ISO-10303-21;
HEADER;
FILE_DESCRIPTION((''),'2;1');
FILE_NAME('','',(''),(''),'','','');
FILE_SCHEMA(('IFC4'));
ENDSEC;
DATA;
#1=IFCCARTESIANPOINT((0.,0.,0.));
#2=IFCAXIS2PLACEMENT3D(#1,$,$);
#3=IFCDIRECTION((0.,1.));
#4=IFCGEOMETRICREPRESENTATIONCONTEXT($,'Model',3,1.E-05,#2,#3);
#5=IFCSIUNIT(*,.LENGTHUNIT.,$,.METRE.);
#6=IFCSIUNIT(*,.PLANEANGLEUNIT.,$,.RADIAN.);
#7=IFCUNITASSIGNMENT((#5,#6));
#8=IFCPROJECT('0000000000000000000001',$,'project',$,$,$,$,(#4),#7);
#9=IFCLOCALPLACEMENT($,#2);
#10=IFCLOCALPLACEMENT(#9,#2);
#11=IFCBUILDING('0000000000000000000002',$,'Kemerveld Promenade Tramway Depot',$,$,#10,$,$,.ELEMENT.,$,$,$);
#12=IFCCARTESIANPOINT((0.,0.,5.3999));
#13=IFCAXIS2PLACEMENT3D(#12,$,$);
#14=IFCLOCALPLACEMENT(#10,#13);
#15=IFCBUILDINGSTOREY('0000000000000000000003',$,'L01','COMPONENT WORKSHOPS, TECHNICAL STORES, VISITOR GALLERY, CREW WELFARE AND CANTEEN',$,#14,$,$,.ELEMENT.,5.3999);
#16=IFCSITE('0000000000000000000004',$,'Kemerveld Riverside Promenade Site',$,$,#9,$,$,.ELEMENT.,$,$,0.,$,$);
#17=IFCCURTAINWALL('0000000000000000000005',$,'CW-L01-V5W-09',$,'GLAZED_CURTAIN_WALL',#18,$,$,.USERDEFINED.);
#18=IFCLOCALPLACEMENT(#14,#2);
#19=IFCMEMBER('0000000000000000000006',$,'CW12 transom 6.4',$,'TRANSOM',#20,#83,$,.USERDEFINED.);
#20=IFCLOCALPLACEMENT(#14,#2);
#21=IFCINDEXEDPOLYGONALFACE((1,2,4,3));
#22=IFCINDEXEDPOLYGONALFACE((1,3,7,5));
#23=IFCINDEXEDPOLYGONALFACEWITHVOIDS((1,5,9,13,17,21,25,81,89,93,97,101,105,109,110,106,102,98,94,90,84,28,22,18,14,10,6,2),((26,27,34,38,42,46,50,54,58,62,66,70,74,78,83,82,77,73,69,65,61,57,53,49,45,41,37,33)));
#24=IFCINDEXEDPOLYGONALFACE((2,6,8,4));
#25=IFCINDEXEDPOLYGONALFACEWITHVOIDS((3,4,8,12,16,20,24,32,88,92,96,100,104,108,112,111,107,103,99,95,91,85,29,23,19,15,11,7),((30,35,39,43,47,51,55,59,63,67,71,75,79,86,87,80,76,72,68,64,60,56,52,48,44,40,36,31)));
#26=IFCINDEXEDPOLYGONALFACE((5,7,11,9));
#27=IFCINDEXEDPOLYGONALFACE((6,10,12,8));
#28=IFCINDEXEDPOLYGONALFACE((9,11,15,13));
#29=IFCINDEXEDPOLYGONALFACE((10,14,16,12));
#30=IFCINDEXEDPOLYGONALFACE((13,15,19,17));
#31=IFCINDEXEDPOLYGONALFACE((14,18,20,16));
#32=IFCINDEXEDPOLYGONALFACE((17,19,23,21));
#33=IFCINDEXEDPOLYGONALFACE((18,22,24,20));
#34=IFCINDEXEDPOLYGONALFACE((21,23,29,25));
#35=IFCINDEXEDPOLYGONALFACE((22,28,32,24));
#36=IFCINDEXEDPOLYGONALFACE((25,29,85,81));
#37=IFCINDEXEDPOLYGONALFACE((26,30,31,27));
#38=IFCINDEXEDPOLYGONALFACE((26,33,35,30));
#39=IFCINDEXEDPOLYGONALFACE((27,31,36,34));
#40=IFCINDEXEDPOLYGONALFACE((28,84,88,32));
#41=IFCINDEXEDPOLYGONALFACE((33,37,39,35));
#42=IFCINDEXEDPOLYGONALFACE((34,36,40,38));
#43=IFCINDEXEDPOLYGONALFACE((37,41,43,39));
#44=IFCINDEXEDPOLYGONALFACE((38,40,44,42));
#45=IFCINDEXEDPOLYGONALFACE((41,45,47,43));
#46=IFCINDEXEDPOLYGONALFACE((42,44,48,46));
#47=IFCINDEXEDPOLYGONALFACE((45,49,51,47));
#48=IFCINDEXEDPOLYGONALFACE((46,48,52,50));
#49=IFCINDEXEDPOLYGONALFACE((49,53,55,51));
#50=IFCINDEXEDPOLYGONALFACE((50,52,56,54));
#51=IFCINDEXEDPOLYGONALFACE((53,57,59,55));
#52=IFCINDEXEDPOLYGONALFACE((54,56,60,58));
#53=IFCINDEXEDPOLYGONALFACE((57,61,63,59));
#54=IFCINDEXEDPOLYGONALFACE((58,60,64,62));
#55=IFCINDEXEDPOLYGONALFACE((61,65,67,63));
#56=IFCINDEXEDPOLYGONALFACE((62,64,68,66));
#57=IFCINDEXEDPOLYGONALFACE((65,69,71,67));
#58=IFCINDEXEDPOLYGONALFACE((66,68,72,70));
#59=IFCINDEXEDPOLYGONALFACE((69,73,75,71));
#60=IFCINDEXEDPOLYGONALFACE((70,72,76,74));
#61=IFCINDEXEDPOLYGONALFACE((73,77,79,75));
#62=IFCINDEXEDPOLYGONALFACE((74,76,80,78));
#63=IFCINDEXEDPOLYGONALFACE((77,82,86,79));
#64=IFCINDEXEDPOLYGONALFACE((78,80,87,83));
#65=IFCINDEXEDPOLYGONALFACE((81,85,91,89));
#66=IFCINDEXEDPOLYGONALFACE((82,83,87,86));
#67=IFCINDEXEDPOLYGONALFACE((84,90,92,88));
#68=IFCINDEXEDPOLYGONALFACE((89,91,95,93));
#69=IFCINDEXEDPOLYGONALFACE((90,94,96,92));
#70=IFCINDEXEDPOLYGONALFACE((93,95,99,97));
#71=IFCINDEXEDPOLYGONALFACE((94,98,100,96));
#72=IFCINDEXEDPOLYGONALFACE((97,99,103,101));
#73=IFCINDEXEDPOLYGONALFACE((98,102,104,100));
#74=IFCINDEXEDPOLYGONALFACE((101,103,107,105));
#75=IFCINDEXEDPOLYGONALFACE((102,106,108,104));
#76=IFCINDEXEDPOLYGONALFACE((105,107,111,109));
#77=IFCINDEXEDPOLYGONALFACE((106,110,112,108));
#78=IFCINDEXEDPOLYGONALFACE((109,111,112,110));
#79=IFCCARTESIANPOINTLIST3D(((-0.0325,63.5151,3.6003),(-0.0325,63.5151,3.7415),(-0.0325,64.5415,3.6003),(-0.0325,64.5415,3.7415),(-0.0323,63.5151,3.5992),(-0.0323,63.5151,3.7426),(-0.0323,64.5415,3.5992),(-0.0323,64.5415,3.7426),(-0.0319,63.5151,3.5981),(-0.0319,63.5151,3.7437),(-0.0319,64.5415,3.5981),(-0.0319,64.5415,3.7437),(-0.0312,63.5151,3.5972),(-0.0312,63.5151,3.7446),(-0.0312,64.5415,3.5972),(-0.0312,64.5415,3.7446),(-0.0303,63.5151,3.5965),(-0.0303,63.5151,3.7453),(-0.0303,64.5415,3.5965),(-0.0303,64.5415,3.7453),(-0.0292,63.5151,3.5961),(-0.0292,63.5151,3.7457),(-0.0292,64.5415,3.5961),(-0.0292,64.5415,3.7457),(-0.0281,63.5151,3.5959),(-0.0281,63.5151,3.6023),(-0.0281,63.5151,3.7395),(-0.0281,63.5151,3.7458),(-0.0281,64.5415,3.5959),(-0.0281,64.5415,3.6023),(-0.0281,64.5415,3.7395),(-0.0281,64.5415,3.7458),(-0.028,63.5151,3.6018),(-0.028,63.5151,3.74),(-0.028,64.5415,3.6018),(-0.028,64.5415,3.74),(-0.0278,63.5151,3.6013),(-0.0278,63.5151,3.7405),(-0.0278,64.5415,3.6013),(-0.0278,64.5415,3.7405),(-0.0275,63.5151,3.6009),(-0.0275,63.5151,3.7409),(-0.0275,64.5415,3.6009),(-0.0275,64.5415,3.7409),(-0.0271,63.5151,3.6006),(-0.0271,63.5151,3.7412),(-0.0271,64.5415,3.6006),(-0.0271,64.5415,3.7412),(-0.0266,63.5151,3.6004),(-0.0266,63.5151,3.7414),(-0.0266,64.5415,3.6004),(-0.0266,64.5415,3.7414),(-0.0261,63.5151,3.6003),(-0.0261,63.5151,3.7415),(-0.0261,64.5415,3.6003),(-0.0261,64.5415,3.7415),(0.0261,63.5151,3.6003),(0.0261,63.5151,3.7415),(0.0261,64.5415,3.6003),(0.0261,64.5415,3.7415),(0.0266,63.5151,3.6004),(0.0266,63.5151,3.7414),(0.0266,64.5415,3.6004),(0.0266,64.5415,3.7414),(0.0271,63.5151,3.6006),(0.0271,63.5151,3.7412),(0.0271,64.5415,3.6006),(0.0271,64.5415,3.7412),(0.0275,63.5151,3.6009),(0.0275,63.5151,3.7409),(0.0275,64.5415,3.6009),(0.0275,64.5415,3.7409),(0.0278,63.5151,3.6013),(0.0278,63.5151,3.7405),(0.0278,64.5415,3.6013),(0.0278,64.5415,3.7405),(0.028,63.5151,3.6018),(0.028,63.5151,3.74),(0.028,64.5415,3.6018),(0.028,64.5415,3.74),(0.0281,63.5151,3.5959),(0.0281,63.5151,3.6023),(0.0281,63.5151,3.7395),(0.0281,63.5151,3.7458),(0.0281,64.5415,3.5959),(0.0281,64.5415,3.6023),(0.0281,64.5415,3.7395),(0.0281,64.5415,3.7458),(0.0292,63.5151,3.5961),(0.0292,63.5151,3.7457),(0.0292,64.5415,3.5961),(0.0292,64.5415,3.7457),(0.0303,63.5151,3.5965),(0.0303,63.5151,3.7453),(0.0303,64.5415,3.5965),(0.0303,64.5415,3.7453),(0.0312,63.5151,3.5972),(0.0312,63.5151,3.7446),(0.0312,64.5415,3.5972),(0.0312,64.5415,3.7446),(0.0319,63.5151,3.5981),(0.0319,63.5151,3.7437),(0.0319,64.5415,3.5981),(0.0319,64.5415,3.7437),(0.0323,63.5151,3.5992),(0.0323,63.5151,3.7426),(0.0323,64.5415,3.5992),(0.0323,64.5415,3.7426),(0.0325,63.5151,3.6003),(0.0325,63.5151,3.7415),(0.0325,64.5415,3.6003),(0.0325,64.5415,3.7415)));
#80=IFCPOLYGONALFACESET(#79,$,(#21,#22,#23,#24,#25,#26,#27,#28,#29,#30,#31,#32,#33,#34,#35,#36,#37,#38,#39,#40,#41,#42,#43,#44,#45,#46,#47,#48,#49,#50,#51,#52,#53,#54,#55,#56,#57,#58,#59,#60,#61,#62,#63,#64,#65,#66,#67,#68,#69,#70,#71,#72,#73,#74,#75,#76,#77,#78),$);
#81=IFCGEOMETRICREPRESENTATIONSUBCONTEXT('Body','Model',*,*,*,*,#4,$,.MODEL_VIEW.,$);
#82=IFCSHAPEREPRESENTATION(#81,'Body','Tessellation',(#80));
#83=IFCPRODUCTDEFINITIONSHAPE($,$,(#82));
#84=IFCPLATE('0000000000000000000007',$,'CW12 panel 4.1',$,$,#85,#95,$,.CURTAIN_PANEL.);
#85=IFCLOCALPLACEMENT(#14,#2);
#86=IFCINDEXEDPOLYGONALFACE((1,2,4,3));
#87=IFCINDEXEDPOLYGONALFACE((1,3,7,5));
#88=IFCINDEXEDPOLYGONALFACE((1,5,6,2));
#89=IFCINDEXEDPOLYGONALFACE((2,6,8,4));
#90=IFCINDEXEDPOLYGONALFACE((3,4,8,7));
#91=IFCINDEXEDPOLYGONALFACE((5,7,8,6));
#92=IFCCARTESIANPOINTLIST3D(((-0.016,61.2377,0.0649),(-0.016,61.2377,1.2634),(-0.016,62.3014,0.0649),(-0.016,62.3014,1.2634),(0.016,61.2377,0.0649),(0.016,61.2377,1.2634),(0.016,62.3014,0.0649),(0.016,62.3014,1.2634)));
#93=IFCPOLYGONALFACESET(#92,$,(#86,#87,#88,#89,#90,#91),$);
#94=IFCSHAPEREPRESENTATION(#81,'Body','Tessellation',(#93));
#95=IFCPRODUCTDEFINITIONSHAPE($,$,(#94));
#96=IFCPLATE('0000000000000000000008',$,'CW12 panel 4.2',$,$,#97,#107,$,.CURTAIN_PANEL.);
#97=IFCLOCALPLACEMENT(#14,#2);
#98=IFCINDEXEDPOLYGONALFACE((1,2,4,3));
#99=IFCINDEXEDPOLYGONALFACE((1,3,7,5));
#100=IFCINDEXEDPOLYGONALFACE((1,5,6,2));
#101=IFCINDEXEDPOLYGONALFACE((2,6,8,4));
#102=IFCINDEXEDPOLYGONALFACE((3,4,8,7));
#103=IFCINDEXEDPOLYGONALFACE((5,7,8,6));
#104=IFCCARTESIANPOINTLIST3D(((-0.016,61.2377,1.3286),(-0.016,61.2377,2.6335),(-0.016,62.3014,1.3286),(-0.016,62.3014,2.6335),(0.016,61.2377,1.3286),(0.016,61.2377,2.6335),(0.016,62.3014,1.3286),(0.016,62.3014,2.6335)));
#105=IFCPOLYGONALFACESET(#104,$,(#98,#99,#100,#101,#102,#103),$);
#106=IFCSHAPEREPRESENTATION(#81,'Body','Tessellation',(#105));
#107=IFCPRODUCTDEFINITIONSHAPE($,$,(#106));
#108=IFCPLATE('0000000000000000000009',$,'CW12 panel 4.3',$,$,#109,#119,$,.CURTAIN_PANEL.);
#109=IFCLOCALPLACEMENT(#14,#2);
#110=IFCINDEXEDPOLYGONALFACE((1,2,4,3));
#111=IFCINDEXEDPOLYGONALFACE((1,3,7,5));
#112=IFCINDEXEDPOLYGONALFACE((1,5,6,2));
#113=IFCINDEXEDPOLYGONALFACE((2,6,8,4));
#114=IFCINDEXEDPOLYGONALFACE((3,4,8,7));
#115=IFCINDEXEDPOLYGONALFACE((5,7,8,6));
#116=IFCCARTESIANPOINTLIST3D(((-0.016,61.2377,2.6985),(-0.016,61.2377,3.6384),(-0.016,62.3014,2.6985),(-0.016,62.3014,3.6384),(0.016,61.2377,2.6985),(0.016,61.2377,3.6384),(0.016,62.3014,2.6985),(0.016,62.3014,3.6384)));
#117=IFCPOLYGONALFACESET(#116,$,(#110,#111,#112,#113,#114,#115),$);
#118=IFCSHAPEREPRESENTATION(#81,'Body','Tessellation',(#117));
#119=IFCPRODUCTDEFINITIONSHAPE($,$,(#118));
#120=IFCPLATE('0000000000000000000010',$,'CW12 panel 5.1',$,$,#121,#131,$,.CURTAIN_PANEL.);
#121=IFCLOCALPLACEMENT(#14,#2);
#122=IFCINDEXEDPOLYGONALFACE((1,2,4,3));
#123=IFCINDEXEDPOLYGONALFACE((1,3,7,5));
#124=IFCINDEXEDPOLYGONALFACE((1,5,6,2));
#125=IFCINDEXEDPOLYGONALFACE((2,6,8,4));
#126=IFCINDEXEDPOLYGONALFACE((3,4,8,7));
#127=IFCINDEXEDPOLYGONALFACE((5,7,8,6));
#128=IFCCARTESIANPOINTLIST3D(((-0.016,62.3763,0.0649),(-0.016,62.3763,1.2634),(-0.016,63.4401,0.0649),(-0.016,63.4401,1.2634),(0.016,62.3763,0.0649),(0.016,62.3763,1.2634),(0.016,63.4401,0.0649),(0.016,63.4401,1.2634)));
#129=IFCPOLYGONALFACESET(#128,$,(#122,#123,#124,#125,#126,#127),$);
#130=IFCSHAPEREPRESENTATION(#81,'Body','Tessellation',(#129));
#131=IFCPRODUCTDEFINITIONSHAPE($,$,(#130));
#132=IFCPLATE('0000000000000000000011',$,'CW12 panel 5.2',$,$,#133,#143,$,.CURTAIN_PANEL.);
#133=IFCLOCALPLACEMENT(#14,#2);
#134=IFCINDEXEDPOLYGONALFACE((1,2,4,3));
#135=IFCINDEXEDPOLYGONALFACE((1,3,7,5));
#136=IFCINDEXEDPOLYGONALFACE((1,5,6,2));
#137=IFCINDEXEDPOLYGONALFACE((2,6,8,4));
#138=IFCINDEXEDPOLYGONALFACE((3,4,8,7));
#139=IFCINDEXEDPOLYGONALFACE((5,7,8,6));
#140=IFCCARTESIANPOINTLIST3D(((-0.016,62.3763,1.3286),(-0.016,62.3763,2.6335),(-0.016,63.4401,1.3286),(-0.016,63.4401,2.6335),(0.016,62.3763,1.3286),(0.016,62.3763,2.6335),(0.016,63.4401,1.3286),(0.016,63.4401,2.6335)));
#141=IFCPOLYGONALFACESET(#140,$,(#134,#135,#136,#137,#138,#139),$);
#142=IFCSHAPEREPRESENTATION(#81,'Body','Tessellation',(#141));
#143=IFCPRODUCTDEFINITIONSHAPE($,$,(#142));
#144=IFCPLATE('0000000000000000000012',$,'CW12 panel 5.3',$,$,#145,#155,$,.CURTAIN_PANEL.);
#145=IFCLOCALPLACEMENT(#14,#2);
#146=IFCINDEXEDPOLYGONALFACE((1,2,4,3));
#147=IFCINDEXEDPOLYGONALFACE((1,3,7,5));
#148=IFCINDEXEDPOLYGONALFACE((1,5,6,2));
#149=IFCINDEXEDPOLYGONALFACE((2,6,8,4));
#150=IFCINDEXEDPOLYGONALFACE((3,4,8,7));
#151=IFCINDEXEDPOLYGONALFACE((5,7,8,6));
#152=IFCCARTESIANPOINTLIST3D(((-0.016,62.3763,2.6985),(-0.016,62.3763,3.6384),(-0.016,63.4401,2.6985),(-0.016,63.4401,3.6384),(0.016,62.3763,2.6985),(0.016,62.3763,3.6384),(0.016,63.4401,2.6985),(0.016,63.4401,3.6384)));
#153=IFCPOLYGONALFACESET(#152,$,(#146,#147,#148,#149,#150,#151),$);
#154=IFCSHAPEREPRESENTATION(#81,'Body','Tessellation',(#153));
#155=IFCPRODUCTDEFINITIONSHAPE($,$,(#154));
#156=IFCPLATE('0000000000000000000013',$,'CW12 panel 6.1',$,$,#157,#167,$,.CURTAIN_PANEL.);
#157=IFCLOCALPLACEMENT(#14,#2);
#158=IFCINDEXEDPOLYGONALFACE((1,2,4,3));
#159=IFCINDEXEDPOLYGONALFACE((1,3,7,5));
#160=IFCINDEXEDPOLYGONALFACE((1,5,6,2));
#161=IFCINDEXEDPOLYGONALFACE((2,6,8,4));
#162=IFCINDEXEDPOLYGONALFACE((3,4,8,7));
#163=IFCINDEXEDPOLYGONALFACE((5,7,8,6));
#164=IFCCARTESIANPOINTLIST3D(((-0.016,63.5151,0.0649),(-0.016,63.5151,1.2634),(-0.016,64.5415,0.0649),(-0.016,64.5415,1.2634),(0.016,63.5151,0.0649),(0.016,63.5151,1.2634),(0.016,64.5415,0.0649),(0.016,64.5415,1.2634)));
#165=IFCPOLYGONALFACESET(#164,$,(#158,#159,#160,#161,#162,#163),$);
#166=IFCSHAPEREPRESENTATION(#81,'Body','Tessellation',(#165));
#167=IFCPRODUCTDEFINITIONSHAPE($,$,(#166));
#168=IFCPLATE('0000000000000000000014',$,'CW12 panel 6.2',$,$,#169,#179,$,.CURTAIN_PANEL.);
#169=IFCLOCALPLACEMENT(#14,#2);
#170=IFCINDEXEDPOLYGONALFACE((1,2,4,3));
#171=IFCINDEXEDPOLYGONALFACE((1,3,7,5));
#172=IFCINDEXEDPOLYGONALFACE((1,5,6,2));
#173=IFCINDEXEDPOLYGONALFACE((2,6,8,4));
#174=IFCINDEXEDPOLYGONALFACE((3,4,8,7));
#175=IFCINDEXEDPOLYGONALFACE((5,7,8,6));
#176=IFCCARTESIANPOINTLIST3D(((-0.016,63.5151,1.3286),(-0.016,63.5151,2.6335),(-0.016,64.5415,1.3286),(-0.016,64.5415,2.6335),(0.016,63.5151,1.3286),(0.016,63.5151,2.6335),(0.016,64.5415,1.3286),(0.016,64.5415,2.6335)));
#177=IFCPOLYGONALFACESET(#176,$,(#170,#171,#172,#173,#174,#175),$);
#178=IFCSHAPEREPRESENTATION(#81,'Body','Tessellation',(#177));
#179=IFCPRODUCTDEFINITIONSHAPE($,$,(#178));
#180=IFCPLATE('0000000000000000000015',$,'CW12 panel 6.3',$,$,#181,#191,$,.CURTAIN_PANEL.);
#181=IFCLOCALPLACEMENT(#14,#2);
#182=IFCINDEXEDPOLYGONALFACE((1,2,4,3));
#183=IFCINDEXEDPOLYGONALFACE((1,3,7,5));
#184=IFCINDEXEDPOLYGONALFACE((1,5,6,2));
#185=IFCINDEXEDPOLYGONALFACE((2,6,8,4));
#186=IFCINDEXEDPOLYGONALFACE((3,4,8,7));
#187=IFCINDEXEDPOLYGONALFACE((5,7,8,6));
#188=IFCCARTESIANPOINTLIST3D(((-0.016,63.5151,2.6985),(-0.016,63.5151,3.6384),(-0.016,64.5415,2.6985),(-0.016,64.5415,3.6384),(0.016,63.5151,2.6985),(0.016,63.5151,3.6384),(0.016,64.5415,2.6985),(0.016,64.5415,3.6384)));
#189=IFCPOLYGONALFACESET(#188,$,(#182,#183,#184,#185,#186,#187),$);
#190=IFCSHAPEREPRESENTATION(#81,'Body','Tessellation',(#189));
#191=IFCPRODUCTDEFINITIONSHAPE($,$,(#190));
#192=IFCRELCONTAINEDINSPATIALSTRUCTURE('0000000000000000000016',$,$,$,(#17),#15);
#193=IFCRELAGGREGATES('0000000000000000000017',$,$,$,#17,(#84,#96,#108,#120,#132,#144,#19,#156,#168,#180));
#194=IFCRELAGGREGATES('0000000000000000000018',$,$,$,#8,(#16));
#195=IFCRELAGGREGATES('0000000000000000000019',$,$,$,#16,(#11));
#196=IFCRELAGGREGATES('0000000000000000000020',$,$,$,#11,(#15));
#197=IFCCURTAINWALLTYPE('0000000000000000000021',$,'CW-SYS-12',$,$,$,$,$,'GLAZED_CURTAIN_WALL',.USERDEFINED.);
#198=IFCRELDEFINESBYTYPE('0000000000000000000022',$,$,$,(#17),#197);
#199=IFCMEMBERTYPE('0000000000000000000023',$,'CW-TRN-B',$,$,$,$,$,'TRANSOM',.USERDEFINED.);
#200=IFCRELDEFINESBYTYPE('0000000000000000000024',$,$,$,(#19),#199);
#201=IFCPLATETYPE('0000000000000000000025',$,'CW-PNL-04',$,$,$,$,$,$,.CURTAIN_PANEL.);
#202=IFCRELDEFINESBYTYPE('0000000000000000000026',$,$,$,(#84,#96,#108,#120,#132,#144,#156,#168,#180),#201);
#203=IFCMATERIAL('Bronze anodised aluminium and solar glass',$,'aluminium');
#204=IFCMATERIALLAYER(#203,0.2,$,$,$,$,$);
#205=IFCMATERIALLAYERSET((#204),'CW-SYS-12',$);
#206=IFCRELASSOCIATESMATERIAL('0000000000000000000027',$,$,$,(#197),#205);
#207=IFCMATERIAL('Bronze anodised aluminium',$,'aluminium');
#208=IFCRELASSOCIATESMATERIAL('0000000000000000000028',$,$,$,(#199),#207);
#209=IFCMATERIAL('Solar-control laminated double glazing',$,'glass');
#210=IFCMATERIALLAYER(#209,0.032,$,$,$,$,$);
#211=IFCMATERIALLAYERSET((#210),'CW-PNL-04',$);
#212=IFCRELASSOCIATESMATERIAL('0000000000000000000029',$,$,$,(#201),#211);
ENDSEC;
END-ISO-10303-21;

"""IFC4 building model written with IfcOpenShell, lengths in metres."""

from ifc_helpers import new_model, si_unit, direction, frame, origin, origin_2d, place, context, subcontext, project, spatial, rectangle, hollow_rectangle, extrude, material, layer, layer_set, material_profile, profile_set, type_object, element, aggregate, save


model = new_model("IFC4")

# Units and contexts
model_context = context("Model", 3, precision=1e-05, world=origin(), true_north=direction((0.0, 1.0)))
body_context = subcontext(model_context, "Body", "Model", "MODEL_VIEW")
ifc_project = project(units=[si_unit("LENGTHUNIT", "METRE"), si_unit("PLANEANGLEUNIT", "RADIAN")], contexts=[model_context])

# Site, building, storey
site_placement = place(None, origin())
site = spatial("IfcSite", under=ifc_project, at=site_placement, Name="Kemerveld Riverside Promenade Site", CompositionType="ELEMENT", RefElevation=0.0)
building_placement = place(site_placement, origin())
building = spatial("IfcBuilding", under=site, at=building_placement, Name="Kemerveld Promenade Tramway Depot", CompositionType="ELEMENT")
storey_placement = place(building_placement, frame((0.0, 0.0, 5.3999)))
storey = spatial("IfcBuildingStorey", under=building, at=storey_placement, Name="L01", Description="COMPONENT WORKSHOPS, TECHNICAL STORES, VISITOR GALLERY, CREW WELFARE AND CANTEEN", CompositionType="ELEMENT", Elevation=5.3999)

# Curtain wall, member, plates
ifc_material_1 = material(Name="Bronze anodised aluminium and solar glass", Category="aluminium")
ifc_layer_1 = layer(ifc_material_1, 0.2)
ifc_layer_set_1 = layer_set([ifc_layer_1], Name="CW-SYS-12")
curtain_wall_type = type_object("IfcCurtainWallType", Name="CW-SYS-12", ElementType="GLAZED_CURTAIN_WALL", PredefinedType="USERDEFINED", material=ifc_layer_set_1)
curtain_wall_placement = place(storey_placement, origin())
curtain_wall = element("IfcCurtainWall", 1, at=curtain_wall_placement, inside=storey, type_object=curtain_wall_type, Name="CW-L01-V5W-09", ObjectType="GLAZED_CURTAIN_WALL", PredefinedType="USERDEFINED")
ifc_material_2 = material(Name="Bronze anodised aluminium", Category="aluminium")
ifc_material_profile_1 = material_profile(ifc_material_2, hollow_rectangle(XDim=0.0649, YDim=0.1499, WallThickness=0.0044, InnerFilletRadius=0.002, OuterFilletRadius=0.0044, at=origin_2d()), Name="CW-TRN-150x65")
ifc_profile_set_1 = profile_set([ifc_material_profile_1], Name="Bronze anodised aluminium")
member_type_1 = type_object("IfcMemberType", Name="CW-TRN-B", ElementType="TRANSOM", PredefinedType="USERDEFINED", material=ifc_profile_set_1)
member_1_placement = place(storey_placement, frame((0.0, 63.5151, 3.6709), z_axis=(0.0, 1.0, 0.0), x_axis=(-1.0, 0.0, 0.0)))
member_1 = element("IfcMember", 2, at=member_1_placement, type_object=member_type_1, Name="CW12 transom 6.4", ObjectType="TRANSOM", PredefinedType="USERDEFINED", context=body_context, shape_type="SweptSolid", body=[
    extrude(hollow_rectangle(XDim=0.0649, YDim=0.1499, WallThickness=0.0044, InnerFilletRadius=0.002, OuterFilletRadius=0.0044, at=origin_2d()), origin(), (0.0, 0.0, 1.0), 1.0264),
])
ifc_material_3 = material(Name="Solar-control laminated double glazing", Category="glass")
ifc_layer_2 = layer(ifc_material_3, 0.032)
ifc_layer_set_2 = layer_set([ifc_layer_2], Name="CW-PNL-04")
plate_type = type_object("IfcPlateType", Name="CW-PNL-04", PredefinedType="CURTAIN_PANEL", material=ifc_layer_set_2)
plate_1_placement = place(storey_placement, frame((0.0, 61.7695, 0.0649), z_axis=(0.0, 0.0, 1.0), x_axis=(0.0, 1.0, 0.0)))
plate_1 = element("IfcPlate", 3, at=plate_1_placement, type_object=plate_type, Name="CW12 panel 4.1", PredefinedType="CURTAIN_PANEL", context=body_context, shape_type="SweptSolid", body=[
    extrude(rectangle(XDim=1.0637, YDim=0.032, at=origin_2d()), origin(), (0.0, 0.0, 1.0), 1.1985),
])
plate_2_placement = place(storey_placement, frame((0.0, 61.7695, 1.3286), z_axis=(0.0, 0.0, 1.0), x_axis=(0.0, 1.0, 0.0)))
plate_2 = element("IfcPlate", 4, at=plate_2_placement, type_object=plate_type, Name="CW12 panel 4.2", PredefinedType="CURTAIN_PANEL", context=body_context, shape_type="SweptSolid", body=[
    extrude(rectangle(XDim=1.0637, YDim=0.032, at=origin_2d()), origin(), (0.0, 0.0, 1.0), 1.3049),
])
plate_3_placement = place(storey_placement, frame((0.0, 61.7695, 2.6985), z_axis=(0.0, 0.0, 1.0), x_axis=(0.0, 1.0, 0.0)))
plate_3 = element("IfcPlate", 5, at=plate_3_placement, type_object=plate_type, Name="CW12 panel 4.3", PredefinedType="CURTAIN_PANEL", context=body_context, shape_type="SweptSolid", body=[
    extrude(rectangle(XDim=1.0637, YDim=0.032, at=origin_2d()), origin(), (0.0, 0.0, 1.0), 0.9399),
])
plate_4_placement = place(storey_placement, frame((0.0, 62.9082, 0.0649), z_axis=(0.0, 0.0, 1.0), x_axis=(0.0, 1.0, 0.0)))
plate_4 = element("IfcPlate", 6, at=plate_4_placement, type_object=plate_type, Name="CW12 panel 5.1", PredefinedType="CURTAIN_PANEL", context=body_context, shape_type="SweptSolid", body=[
    extrude(rectangle(XDim=1.0637, YDim=0.032, at=origin_2d()), origin(), (0.0, 0.0, 1.0), 1.1985),
])
plate_5_placement = place(storey_placement, frame((0.0, 62.9082, 1.3286), z_axis=(0.0, 0.0, 1.0), x_axis=(0.0, 1.0, 0.0)))
plate_5 = element("IfcPlate", 7, at=plate_5_placement, type_object=plate_type, Name="CW12 panel 5.2", PredefinedType="CURTAIN_PANEL", context=body_context, shape_type="SweptSolid", body=[
    extrude(rectangle(XDim=1.0637, YDim=0.032, at=origin_2d()), origin(), (0.0, 0.0, 1.0), 1.3049),
])
plate_6_placement = place(storey_placement, frame((0.0, 62.9082, 2.6985), z_axis=(0.0, 0.0, 1.0), x_axis=(0.0, 1.0, 0.0)))
plate_6 = element("IfcPlate", 8, at=plate_6_placement, type_object=plate_type, Name="CW12 panel 5.3", PredefinedType="CURTAIN_PANEL", context=body_context, shape_type="SweptSolid", body=[
    extrude(rectangle(XDim=1.0637, YDim=0.032, at=origin_2d()), origin(), (0.0, 0.0, 1.0), 0.9399),
])
plate_7_placement = place(storey_placement, frame((0.0, 64.0283, 0.0649), z_axis=(0.0, 0.0, 1.0), x_axis=(0.0, 1.0, 0.0)))
plate_7 = element("IfcPlate", 9, at=plate_7_placement, type_object=plate_type, Name="CW12 panel 6.1", PredefinedType="CURTAIN_PANEL", context=body_context, shape_type="SweptSolid", body=[
    extrude(rectangle(XDim=1.0264, YDim=0.032, at=origin_2d()), origin(), (0.0, 0.0, 1.0), 1.1985),
])
plate_8_placement = place(storey_placement, frame((0.0, 64.0283, 1.3286), z_axis=(0.0, 0.0, 1.0), x_axis=(0.0, 1.0, 0.0)))
plate_8 = element("IfcPlate", 10, at=plate_8_placement, type_object=plate_type, Name="CW12 panel 6.2", PredefinedType="CURTAIN_PANEL", context=body_context, shape_type="SweptSolid", body=[
    extrude(rectangle(XDim=1.0264, YDim=0.032, at=origin_2d()), origin(), (0.0, 0.0, 1.0), 1.3049),
])
plate_9_placement = place(storey_placement, frame((0.0, 64.0283, 2.6985), z_axis=(0.0, 0.0, 1.0), x_axis=(0.0, 1.0, 0.0)))
plate_9 = element("IfcPlate", 11, at=plate_9_placement, type_object=plate_type, Name="CW12 panel 6.3", PredefinedType="CURTAIN_PANEL", context=body_context, shape_type="SweptSolid", body=[
    extrude(rectangle(XDim=1.0264, YDim=0.032, at=origin_2d()), origin(), (0.0, 0.0, 1.0), 0.9399),
])
aggregate(curtain_wall, [plate_1, plate_2, plate_3, plate_4, plate_5, plate_6, member_1, plate_7, plate_8, plate_9])

save(model, "model.ifc")
